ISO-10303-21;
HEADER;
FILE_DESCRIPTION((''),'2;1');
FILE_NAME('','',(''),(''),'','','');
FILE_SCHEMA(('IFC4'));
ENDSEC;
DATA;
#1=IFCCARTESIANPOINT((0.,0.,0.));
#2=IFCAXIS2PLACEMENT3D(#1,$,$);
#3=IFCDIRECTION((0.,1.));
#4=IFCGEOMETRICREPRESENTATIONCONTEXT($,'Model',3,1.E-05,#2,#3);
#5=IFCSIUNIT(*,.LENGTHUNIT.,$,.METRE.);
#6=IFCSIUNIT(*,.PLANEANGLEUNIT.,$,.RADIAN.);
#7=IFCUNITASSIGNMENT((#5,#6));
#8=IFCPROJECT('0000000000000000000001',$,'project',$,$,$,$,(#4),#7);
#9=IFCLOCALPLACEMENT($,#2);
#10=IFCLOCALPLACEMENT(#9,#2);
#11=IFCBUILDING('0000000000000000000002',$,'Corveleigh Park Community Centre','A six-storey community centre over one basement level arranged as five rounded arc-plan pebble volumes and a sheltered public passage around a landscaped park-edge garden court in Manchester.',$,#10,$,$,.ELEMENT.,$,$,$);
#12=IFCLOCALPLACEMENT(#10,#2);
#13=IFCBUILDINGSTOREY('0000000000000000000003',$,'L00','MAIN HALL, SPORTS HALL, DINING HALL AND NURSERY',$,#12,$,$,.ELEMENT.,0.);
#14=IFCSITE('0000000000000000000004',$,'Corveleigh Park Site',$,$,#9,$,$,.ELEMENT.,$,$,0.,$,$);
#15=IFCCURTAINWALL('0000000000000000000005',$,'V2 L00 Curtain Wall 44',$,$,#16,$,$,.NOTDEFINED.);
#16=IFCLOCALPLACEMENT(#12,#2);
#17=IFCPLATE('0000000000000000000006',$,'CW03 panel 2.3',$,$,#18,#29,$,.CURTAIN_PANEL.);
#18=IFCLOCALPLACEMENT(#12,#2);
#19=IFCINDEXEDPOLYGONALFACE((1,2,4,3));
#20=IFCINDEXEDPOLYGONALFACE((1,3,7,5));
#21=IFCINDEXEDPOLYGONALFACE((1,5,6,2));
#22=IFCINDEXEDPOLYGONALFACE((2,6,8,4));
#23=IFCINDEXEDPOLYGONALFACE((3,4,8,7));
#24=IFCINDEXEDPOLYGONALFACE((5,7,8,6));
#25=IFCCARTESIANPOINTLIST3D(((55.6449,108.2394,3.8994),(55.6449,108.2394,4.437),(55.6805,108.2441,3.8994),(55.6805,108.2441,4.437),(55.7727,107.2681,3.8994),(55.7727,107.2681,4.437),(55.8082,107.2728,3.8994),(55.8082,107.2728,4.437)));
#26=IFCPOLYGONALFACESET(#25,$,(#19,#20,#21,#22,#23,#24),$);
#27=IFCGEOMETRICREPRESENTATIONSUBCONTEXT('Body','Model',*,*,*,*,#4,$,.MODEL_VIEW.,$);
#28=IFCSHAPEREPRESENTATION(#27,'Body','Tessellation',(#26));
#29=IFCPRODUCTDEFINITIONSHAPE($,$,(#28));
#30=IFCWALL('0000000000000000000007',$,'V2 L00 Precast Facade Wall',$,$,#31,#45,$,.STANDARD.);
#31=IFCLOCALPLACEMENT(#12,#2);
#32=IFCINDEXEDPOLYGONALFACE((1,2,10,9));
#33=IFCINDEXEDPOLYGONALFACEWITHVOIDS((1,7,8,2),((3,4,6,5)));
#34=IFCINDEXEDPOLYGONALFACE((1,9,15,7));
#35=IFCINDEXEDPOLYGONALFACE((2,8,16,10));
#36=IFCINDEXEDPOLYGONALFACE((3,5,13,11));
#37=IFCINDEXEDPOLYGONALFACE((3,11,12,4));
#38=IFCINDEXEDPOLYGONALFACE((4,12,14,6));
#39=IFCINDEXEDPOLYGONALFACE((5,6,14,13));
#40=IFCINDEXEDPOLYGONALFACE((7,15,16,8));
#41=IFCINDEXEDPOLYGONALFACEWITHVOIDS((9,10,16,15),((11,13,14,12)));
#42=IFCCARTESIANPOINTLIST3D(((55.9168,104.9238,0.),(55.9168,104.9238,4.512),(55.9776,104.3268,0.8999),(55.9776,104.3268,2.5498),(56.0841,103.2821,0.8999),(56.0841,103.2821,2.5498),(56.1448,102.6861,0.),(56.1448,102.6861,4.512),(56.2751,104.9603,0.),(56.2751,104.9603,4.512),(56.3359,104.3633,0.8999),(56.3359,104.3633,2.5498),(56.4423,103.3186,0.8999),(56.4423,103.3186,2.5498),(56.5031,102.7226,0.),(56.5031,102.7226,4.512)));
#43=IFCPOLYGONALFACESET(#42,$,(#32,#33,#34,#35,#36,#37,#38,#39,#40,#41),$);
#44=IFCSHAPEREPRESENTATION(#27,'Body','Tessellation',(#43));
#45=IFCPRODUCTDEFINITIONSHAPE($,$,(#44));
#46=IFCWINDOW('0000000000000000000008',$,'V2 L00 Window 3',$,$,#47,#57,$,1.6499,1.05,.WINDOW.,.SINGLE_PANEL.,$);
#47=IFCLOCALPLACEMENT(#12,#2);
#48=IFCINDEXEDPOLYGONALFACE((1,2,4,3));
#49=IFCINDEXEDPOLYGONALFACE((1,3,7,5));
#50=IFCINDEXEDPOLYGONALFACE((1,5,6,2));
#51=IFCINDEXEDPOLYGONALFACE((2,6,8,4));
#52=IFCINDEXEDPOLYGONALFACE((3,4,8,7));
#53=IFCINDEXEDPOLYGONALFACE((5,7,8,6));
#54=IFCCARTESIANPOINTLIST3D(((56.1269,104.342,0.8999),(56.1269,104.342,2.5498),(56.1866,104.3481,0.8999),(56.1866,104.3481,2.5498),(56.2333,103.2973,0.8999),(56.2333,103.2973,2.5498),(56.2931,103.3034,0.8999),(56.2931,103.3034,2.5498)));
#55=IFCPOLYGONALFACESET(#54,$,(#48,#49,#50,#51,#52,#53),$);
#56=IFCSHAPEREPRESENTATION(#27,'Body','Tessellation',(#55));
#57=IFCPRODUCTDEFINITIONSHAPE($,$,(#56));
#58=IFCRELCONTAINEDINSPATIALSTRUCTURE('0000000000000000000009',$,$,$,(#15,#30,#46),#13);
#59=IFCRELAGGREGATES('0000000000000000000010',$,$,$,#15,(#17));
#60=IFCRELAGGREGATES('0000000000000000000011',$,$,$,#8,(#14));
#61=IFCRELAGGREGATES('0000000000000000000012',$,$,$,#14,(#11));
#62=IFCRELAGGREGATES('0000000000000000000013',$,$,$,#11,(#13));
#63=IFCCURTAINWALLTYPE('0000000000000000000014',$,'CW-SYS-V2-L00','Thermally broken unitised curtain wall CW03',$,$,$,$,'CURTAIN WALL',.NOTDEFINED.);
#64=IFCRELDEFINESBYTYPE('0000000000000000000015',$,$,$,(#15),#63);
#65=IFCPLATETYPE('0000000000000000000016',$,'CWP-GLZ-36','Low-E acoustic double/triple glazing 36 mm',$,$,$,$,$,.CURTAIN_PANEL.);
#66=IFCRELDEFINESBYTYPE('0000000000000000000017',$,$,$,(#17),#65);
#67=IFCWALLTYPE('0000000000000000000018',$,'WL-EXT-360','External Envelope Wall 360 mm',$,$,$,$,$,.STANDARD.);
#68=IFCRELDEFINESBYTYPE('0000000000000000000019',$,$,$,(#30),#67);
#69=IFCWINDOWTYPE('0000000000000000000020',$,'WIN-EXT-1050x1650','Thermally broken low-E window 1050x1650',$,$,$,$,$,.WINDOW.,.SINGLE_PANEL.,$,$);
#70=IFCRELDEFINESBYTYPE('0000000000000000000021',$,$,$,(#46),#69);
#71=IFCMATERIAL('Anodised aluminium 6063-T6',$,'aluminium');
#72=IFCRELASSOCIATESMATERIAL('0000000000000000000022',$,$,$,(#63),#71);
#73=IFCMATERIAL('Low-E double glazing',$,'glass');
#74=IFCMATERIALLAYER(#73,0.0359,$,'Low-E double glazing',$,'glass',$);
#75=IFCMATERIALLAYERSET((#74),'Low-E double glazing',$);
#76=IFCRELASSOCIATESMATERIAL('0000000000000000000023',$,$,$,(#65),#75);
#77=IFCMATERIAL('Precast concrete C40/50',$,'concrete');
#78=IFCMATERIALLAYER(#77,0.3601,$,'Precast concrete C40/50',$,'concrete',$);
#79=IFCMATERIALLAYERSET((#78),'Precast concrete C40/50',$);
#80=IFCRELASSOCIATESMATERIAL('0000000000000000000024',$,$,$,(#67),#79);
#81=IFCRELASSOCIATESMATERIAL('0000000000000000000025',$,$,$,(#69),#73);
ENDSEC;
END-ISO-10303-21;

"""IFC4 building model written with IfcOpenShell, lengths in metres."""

from ifc_helpers import new_model, si_unit, direction, frame, frame_2d, origin, origin_2d, place, context, subcontext, project, spatial, rectangle, extrude, material, layer, layer_set, type_object, element, fill, aggregate, save


model = new_model("IFC4")

# Units and contexts
model_context = context("Model", 3, precision=1e-05, world=origin(), true_north=direction((0.0, 1.0)))
body_context = subcontext(model_context, "Body", "Model", "MODEL_VIEW")
ifc_project = project(units=[si_unit("LENGTHUNIT", "METRE"), si_unit("PLANEANGLEUNIT", "RADIAN")], contexts=[model_context])

# Site, building, storey
site_placement = place(None, origin())
site = spatial("IfcSite", under=ifc_project, at=site_placement, Name="Corveleigh Park Site", CompositionType="ELEMENT", RefElevation=0.0)
building_placement = place(site_placement, origin())
building = spatial("IfcBuilding", under=site, at=building_placement, Name="Corveleigh Park Community Centre", Description="A six-storey community centre over one basement level arranged as five rounded arc-plan pebble volumes and a sheltered public passage around a landscaped park-edge garden court in Manchester.", CompositionType="ELEMENT")
storey_placement = place(building_placement, origin())
storey = spatial("IfcBuildingStorey", under=building, at=storey_placement, Name="L00", Description="MAIN HALL, SPORTS HALL, DINING HALL AND NURSERY", CompositionType="ELEMENT", Elevation=0.0)

# Curtain wall
ifc_material_1 = material(Name="Anodised aluminium 6063-T6", Category="aluminium")
curtain_wall_type = type_object("IfcCurtainWallType", Name="CW-SYS-V2-L00", Description="Thermally broken unitised curtain wall CW03", ElementType="CURTAIN WALL", PredefinedType="NOTDEFINED", material=ifc_material_1)
curtain_wall_1_placement = place(storey_placement, origin())
curtain_wall_1 = element("IfcCurtainWall", 1, at=curtain_wall_1_placement, inside=storey, type_object=curtain_wall_type, Name="V2 L00 Curtain Wall 44", PredefinedType="NOTDEFINED")

# Plate
ifc_material_2 = material(Name="Low-E double glazing", Category="glass")
ifc_layer_1 = layer(ifc_material_2, 0.0359, Name="Low-E double glazing", Category="glass")
ifc_layer_set_1 = layer_set([ifc_layer_1], Name="Low-E double glazing")
plate_type = type_object("IfcPlateType", Name="CWP-GLZ-36", Description="Low-E acoustic double/triple glazing 36 mm", PredefinedType="CURTAIN_PANEL", material=ifc_layer_set_1)
plate_1_placement = place(storey_placement, frame((55.7266, 107.7561, 3.8994), z_axis=(0.0, 0.0, 1.0), x_axis=(0.13043, -0.991457, 0.0)))
plate_1 = element("IfcPlate", 2, at=plate_1_placement, type_object=plate_type, Name="CW03 panel 2.3", PredefinedType="CURTAIN_PANEL", context=body_context, shape_type="SweptSolid", body=[
    extrude(rectangle(XDim=0.9797, YDim=0.0359, at=origin_2d()), origin(), (0.0, 0.0, 1.0), 0.5376),
])
aggregate(curtain_wall_1, [plate_1])

# Wall, opening, window
ifc_material_3 = material(Name="Precast concrete C40/50", Category="concrete")
ifc_layer_2 = layer(ifc_material_3, 0.3601, Name="Precast concrete C40/50", Category="concrete")
ifc_layer_set_2 = layer_set([ifc_layer_2], Name="Precast concrete C40/50")
wall_type = type_object("IfcWallType", Name="WL-EXT-360", Description="External Envelope Wall 360 mm", PredefinedType="STANDARD", material=ifc_layer_set_2)
wall_placement = place(storey_placement, frame((56.0959, 104.9419, 0.0), z_axis=(0.0, 0.0, 1.0), x_axis=(0.101373, -0.994848, 0.0)))
wall = element("IfcWall", 3, at=wall_placement, inside=storey, type_object=wall_type, Name="V2 L00 Precast Facade Wall", PredefinedType="STANDARD", context=body_context, shape_type="SweptSolid", body=[
    extrude(rectangle(XDim=2.2493, YDim=0.3601, at=frame_2d((1.1245, 0.0))), origin(), (0.0, 0.0, 1.0), 4.512),
])
opening_placement = place(wall_placement, frame((0.6001, 0.0, 0.8999)))
opening = element("IfcOpeningElement", 4, at=opening_placement, cuts=wall, PredefinedType="OPENING", context=body_context, shape_type="SweptSolid", body=[
    extrude(rectangle(XDim=1.05, YDim=1.6499, at=frame_2d((0.5249, 0.825))), frame((0.0, 0.1899, 0.0), z_axis=(0.0, -1.0, 0.0), x_axis=(1.0, 0.0, 0.0)), (0.0, 0.0, 1.0), 0.3801),
])
window_type = type_object("IfcWindowType", Name="WIN-EXT-1050x1650", Description="Thermally broken low-E window 1050x1650", PartitioningType="SINGLE_PANEL", PredefinedType="WINDOW", material=ifc_material_2)
window_placement = place(opening_placement, origin())
window = element("IfcWindow", 5, at=window_placement, inside=storey, type_object=window_type, Name="V2 L00 Window 3", OverallHeight=1.6499, OverallWidth=1.05, PartitioningType="SINGLE_PANEL", PredefinedType="WINDOW", context=body_context, shape_type="SweptSolid", body=[
    extrude(rectangle(XDim=1.05, YDim=1.6499, at=frame_2d((0.5249, 0.825))), frame((0.0, 0.03, 0.0), z_axis=(0.0, -1.0, 0.0), x_axis=(1.0, 0.0, 0.0)), (0.0, 0.0, 1.0), 0.0601),
])
fill(opening, window)

save(model, "model.ifc")
